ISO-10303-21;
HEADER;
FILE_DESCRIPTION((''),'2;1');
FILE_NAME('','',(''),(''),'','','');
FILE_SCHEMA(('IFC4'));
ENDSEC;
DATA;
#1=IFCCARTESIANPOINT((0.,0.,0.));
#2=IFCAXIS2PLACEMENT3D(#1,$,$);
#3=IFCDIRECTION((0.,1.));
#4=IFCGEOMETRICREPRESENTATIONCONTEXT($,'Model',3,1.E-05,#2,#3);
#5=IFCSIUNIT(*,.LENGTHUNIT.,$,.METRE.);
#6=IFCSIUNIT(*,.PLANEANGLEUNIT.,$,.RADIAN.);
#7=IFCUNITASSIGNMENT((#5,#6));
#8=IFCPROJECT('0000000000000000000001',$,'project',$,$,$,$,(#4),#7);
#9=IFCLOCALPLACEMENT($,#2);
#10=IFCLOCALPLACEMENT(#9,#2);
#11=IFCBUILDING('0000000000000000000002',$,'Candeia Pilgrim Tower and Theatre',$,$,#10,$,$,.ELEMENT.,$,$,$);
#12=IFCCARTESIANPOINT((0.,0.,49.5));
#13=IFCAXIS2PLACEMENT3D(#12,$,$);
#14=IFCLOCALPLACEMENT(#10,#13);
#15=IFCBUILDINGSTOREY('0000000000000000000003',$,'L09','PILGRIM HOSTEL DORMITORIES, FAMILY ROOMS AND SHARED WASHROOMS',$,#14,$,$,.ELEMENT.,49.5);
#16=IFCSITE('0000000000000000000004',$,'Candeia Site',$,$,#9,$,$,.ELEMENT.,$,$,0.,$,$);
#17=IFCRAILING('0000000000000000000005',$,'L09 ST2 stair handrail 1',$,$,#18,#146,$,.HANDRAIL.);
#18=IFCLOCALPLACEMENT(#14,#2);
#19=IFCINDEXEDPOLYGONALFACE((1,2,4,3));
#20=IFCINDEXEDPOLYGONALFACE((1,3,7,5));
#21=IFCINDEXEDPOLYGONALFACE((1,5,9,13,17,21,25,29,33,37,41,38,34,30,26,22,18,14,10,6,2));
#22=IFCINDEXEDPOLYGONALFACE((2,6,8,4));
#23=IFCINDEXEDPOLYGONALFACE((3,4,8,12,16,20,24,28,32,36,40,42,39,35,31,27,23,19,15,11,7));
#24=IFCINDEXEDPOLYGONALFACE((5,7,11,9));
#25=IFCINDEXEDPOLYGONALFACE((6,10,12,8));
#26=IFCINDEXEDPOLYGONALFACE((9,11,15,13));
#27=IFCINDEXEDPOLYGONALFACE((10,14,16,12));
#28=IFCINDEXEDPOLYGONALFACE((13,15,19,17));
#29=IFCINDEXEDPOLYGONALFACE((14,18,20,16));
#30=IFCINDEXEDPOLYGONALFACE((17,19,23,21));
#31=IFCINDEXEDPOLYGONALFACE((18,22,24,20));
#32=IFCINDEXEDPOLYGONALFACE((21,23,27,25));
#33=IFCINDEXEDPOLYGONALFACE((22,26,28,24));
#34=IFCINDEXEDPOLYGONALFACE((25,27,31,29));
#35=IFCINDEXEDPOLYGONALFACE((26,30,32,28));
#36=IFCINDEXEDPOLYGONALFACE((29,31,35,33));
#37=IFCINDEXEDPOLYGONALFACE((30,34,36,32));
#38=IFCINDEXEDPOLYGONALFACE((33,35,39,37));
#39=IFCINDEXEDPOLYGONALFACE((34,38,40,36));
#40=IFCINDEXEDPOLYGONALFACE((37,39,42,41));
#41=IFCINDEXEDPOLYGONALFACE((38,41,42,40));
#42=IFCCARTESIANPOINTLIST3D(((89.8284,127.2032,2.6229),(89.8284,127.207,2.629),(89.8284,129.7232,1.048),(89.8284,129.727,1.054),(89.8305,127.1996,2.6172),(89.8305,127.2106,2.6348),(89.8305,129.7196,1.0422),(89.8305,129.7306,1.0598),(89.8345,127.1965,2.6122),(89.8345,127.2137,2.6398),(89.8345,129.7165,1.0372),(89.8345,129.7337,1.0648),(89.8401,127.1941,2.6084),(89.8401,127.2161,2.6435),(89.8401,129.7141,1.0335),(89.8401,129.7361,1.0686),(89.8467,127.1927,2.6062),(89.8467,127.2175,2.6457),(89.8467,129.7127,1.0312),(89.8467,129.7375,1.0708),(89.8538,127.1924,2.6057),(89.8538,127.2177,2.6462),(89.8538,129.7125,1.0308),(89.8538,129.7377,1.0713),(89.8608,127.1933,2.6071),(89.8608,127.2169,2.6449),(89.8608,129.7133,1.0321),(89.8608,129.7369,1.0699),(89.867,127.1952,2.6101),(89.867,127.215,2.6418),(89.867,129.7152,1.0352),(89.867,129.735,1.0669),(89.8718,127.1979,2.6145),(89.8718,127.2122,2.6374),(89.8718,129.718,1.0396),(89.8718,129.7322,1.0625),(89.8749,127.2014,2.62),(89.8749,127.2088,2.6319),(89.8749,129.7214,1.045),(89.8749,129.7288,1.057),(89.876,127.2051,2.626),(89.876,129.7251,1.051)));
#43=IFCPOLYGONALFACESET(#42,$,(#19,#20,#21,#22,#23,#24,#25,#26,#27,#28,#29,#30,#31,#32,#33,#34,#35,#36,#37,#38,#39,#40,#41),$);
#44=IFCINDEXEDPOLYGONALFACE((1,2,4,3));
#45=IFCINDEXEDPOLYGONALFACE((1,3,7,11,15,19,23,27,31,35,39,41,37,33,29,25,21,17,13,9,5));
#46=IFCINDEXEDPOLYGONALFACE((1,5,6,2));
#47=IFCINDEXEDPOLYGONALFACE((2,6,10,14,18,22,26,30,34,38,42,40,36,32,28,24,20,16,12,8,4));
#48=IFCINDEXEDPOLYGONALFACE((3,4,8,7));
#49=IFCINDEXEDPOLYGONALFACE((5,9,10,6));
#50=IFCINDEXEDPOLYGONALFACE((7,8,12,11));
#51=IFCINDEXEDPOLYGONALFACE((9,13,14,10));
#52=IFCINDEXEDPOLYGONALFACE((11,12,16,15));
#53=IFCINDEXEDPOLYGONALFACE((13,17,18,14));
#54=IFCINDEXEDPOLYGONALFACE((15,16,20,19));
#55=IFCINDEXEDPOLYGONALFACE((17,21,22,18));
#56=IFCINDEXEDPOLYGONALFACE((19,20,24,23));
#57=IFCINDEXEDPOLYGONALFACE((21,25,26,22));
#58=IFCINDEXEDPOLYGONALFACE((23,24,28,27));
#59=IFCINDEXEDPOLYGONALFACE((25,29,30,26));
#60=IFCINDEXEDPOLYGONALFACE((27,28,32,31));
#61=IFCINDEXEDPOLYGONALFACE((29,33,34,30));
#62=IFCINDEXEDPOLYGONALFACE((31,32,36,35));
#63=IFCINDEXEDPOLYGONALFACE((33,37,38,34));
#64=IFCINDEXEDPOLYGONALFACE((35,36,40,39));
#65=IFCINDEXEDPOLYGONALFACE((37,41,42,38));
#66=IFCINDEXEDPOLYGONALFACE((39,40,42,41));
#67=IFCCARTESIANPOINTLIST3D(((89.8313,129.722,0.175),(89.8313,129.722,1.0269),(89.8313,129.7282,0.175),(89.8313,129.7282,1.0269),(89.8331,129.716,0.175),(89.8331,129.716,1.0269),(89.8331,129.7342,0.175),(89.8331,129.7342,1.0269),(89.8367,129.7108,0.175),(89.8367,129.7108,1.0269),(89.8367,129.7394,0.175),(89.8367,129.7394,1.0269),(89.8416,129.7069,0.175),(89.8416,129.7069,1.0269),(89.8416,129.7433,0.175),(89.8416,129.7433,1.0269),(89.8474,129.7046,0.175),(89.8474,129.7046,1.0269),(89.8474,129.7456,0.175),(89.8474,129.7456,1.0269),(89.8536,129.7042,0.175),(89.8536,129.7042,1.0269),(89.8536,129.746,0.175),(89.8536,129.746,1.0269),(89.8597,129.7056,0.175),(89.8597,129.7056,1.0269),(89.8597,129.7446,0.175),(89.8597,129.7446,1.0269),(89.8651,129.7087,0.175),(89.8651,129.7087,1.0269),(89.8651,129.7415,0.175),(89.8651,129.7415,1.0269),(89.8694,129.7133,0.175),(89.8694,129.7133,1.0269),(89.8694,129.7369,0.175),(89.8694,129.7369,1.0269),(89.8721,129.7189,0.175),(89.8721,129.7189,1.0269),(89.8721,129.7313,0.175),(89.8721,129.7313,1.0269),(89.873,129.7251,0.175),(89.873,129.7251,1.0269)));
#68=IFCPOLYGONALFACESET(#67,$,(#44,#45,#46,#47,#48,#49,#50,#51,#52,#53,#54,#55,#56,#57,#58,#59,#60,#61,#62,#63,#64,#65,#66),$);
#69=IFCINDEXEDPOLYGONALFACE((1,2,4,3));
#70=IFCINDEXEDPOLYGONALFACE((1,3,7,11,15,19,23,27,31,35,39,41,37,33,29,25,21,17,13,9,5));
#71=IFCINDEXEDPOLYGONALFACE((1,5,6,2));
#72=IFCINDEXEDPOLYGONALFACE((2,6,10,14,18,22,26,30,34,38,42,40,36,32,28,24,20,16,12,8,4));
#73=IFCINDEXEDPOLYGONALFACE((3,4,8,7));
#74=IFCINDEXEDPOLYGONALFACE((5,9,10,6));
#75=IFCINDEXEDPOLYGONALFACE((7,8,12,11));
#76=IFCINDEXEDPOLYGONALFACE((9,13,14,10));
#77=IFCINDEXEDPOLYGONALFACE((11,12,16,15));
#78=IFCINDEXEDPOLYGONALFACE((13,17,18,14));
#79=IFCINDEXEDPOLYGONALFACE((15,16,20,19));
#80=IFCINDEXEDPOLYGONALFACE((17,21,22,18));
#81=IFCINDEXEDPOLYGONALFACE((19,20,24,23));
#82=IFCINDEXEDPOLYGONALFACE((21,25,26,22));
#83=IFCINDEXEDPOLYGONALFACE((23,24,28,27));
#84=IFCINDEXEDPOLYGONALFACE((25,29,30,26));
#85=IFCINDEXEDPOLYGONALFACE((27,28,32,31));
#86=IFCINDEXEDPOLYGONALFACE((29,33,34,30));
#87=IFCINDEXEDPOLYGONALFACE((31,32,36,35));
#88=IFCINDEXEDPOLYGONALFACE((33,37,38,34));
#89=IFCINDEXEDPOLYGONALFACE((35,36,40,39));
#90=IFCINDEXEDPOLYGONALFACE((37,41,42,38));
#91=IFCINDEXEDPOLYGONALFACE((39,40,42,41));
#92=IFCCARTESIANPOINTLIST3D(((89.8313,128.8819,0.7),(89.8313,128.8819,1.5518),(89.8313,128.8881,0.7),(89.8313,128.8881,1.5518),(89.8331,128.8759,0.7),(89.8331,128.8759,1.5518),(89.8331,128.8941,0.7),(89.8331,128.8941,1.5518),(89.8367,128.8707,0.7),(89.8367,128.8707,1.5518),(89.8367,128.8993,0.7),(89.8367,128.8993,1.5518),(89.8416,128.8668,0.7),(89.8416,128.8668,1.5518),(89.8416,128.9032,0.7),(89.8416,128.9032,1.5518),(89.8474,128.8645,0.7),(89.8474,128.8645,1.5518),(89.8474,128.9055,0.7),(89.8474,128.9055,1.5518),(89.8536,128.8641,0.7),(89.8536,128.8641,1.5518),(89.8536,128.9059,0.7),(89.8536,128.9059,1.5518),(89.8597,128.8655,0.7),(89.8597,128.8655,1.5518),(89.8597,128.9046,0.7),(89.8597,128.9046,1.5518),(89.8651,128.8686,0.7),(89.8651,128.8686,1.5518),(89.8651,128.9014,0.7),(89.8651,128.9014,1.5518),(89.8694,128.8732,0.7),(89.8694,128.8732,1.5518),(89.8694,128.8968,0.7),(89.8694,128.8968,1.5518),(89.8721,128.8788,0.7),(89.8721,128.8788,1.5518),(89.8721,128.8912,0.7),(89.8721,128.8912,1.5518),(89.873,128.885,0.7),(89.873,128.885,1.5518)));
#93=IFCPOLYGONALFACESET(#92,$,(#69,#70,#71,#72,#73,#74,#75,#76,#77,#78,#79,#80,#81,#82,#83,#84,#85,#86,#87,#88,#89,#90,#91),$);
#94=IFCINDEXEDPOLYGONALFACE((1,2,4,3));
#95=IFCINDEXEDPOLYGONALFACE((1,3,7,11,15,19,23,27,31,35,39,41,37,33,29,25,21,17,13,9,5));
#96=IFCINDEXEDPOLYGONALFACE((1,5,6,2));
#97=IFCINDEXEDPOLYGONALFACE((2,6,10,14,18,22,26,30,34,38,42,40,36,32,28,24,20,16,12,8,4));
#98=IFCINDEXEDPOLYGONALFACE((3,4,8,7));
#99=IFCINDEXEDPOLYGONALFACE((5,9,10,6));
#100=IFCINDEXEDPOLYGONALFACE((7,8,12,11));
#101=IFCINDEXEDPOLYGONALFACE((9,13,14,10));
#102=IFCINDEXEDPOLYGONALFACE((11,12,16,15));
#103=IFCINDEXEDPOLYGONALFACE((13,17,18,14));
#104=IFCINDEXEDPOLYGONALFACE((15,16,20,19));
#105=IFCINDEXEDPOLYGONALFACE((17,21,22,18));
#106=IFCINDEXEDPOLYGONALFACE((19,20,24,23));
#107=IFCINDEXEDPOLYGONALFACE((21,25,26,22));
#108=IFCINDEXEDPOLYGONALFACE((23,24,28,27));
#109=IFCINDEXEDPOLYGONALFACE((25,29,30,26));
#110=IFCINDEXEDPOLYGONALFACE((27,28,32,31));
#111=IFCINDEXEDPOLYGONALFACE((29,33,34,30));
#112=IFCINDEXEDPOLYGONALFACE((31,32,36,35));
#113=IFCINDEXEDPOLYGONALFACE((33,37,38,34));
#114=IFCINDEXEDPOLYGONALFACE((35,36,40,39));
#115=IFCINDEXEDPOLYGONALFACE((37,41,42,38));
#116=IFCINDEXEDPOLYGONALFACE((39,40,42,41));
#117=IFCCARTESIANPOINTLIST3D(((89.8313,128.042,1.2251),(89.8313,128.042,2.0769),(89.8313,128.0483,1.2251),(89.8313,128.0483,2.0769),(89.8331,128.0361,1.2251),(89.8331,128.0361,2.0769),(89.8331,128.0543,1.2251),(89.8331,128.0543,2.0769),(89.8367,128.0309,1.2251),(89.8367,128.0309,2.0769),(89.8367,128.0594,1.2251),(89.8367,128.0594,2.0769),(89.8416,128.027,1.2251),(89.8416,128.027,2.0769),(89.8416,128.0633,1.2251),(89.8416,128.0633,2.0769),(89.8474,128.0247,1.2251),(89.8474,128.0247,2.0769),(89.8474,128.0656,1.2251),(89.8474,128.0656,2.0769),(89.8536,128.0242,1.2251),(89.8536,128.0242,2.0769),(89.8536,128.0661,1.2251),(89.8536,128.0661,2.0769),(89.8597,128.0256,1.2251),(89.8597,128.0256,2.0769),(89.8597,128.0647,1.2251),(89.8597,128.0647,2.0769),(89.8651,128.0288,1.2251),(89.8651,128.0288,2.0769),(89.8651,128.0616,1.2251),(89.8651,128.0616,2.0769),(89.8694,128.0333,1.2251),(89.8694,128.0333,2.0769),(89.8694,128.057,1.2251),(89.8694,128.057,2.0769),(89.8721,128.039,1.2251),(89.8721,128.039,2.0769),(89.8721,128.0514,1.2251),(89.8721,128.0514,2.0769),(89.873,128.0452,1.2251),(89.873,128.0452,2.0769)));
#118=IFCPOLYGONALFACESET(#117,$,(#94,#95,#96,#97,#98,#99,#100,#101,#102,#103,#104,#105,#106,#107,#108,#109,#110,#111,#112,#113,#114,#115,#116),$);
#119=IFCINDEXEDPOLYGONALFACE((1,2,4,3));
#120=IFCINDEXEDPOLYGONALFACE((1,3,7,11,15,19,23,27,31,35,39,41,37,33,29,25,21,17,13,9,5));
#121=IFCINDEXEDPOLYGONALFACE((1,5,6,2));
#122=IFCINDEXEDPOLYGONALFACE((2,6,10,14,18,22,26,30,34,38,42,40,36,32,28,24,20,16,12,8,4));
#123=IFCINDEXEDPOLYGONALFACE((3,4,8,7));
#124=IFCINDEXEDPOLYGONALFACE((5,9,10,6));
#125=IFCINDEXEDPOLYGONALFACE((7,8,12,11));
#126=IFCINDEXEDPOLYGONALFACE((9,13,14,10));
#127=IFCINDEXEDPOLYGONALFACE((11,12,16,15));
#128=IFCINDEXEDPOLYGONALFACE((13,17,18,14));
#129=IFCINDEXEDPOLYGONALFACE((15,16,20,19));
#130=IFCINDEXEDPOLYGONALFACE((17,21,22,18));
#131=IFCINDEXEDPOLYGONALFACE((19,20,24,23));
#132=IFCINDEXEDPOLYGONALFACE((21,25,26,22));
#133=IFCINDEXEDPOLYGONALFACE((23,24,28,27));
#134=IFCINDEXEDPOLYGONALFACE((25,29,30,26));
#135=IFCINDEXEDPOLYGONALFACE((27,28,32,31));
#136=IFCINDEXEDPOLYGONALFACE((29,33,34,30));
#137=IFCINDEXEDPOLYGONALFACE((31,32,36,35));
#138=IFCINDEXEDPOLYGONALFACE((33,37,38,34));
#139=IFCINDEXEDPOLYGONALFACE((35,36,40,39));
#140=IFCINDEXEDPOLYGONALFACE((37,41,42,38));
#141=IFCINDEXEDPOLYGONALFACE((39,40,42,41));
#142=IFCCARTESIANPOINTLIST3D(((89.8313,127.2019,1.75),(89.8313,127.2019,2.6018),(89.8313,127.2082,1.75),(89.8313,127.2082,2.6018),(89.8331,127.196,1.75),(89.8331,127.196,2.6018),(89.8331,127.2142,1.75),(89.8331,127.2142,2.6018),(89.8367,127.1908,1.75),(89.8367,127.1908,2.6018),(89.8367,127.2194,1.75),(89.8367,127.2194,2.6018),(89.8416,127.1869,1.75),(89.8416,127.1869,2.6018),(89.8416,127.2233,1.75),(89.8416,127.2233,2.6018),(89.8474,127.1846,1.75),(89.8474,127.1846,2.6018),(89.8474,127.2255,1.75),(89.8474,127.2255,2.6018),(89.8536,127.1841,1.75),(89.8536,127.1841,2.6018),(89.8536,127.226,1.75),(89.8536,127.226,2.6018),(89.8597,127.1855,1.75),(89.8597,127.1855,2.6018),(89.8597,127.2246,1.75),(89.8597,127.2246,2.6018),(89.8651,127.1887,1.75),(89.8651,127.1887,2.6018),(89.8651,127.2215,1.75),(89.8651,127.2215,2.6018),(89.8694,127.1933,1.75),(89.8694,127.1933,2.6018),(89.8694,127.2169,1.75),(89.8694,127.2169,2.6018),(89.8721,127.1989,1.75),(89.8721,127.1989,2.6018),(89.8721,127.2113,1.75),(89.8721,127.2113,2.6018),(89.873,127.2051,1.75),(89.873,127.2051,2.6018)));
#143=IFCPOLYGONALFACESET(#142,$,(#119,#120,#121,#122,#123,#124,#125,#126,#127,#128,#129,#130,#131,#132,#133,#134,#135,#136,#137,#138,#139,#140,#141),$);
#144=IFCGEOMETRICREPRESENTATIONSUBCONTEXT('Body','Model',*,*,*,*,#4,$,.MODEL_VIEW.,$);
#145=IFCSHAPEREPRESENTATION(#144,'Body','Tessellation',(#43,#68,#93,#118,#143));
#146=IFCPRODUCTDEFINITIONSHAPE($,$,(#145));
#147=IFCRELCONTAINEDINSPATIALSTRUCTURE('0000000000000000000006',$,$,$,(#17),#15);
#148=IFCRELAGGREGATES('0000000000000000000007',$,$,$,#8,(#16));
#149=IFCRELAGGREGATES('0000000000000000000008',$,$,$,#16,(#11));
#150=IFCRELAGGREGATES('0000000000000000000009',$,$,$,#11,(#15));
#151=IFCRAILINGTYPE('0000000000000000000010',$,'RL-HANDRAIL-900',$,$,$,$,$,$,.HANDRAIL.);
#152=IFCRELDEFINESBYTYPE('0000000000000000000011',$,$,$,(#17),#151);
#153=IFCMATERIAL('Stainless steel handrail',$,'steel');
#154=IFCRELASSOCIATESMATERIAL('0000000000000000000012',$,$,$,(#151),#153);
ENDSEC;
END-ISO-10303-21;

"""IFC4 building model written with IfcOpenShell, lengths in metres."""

from ifc_helpers import new_model, si_unit, direction, frame, origin, origin_2d, place, context, subcontext, project, spatial, circle, extrude, material, type_object, element, save


model = new_model("IFC4")

# Units and contexts
model_context = context("Model", 3, precision=1e-05, world=origin(), true_north=direction((0.0, 1.0)))
body_context = subcontext(model_context, "Body", "Model", "MODEL_VIEW")
ifc_project = project(units=[si_unit("LENGTHUNIT", "METRE"), si_unit("PLANEANGLEUNIT", "RADIAN")], contexts=[model_context])

# Site, building, storey
site_placement = place(None, origin())
site = spatial("IfcSite", under=ifc_project, at=site_placement, Name="Candeia Site", CompositionType="ELEMENT", RefElevation=0.0)
building_placement = place(site_placement, origin())
building = spatial("IfcBuilding", under=site, at=building_placement, Name="Candeia Pilgrim Tower and Theatre", CompositionType="ELEMENT")
storey_placement = place(building_placement, frame((0.0, 0.0, 49.5)))
storey = spatial("IfcBuildingStorey", under=building, at=storey_placement, Name="L09", Description="PILGRIM HOSTEL DORMITORIES, FAMILY ROOMS AND SHARED WASHROOMS", CompositionType="ELEMENT", Elevation=49.5)

# Railing
ifc_material_1 = material(Name="Stainless steel handrail", Category="steel")
railing_type_1 = type_object("IfcRailingType", Name="RL-HANDRAIL-900", PredefinedType="HANDRAIL", material=ifc_material_1)
railing_1_placement = place(storey_placement, frame((89.8521, 129.7251, 0.175)))
element("IfcRailing", 1, at=railing_1_placement, inside=storey, type_object=railing_type_1, Name="L09 ST2 stair handrail 1", PredefinedType="HANDRAIL", context=body_context, shape_type="SweptSolid", body=[
    extrude(circle(Radius=0.0239, at=origin_2d()), frame((0.0, 0.0, 0.876), z_axis=(0.0, -0.848008, 0.529984), x_axis=(1.0, 0.0, 0.0)), (0.0, 0.0, 1.0), 2.9717),
    extrude(circle(Radius=0.021, at=origin_2d()), origin(), (0.0, 0.0, 1.0), 0.8518),
    extrude(circle(Radius=0.021, at=origin_2d()), frame((0.0, -0.8401, 0.5249)), (0.0, 0.0, 1.0), 0.8518),
    extrude(circle(Radius=0.021, at=origin_2d()), frame((0.0, -1.6799, 1.05)), (0.0, 0.0, 1.0), 0.8518),
    extrude(circle(Radius=0.021, at=origin_2d()), frame((0.0, -2.52, 1.575)), (0.0, 0.0, 1.0), 0.8518),
])

save(model, "model.ifc")
